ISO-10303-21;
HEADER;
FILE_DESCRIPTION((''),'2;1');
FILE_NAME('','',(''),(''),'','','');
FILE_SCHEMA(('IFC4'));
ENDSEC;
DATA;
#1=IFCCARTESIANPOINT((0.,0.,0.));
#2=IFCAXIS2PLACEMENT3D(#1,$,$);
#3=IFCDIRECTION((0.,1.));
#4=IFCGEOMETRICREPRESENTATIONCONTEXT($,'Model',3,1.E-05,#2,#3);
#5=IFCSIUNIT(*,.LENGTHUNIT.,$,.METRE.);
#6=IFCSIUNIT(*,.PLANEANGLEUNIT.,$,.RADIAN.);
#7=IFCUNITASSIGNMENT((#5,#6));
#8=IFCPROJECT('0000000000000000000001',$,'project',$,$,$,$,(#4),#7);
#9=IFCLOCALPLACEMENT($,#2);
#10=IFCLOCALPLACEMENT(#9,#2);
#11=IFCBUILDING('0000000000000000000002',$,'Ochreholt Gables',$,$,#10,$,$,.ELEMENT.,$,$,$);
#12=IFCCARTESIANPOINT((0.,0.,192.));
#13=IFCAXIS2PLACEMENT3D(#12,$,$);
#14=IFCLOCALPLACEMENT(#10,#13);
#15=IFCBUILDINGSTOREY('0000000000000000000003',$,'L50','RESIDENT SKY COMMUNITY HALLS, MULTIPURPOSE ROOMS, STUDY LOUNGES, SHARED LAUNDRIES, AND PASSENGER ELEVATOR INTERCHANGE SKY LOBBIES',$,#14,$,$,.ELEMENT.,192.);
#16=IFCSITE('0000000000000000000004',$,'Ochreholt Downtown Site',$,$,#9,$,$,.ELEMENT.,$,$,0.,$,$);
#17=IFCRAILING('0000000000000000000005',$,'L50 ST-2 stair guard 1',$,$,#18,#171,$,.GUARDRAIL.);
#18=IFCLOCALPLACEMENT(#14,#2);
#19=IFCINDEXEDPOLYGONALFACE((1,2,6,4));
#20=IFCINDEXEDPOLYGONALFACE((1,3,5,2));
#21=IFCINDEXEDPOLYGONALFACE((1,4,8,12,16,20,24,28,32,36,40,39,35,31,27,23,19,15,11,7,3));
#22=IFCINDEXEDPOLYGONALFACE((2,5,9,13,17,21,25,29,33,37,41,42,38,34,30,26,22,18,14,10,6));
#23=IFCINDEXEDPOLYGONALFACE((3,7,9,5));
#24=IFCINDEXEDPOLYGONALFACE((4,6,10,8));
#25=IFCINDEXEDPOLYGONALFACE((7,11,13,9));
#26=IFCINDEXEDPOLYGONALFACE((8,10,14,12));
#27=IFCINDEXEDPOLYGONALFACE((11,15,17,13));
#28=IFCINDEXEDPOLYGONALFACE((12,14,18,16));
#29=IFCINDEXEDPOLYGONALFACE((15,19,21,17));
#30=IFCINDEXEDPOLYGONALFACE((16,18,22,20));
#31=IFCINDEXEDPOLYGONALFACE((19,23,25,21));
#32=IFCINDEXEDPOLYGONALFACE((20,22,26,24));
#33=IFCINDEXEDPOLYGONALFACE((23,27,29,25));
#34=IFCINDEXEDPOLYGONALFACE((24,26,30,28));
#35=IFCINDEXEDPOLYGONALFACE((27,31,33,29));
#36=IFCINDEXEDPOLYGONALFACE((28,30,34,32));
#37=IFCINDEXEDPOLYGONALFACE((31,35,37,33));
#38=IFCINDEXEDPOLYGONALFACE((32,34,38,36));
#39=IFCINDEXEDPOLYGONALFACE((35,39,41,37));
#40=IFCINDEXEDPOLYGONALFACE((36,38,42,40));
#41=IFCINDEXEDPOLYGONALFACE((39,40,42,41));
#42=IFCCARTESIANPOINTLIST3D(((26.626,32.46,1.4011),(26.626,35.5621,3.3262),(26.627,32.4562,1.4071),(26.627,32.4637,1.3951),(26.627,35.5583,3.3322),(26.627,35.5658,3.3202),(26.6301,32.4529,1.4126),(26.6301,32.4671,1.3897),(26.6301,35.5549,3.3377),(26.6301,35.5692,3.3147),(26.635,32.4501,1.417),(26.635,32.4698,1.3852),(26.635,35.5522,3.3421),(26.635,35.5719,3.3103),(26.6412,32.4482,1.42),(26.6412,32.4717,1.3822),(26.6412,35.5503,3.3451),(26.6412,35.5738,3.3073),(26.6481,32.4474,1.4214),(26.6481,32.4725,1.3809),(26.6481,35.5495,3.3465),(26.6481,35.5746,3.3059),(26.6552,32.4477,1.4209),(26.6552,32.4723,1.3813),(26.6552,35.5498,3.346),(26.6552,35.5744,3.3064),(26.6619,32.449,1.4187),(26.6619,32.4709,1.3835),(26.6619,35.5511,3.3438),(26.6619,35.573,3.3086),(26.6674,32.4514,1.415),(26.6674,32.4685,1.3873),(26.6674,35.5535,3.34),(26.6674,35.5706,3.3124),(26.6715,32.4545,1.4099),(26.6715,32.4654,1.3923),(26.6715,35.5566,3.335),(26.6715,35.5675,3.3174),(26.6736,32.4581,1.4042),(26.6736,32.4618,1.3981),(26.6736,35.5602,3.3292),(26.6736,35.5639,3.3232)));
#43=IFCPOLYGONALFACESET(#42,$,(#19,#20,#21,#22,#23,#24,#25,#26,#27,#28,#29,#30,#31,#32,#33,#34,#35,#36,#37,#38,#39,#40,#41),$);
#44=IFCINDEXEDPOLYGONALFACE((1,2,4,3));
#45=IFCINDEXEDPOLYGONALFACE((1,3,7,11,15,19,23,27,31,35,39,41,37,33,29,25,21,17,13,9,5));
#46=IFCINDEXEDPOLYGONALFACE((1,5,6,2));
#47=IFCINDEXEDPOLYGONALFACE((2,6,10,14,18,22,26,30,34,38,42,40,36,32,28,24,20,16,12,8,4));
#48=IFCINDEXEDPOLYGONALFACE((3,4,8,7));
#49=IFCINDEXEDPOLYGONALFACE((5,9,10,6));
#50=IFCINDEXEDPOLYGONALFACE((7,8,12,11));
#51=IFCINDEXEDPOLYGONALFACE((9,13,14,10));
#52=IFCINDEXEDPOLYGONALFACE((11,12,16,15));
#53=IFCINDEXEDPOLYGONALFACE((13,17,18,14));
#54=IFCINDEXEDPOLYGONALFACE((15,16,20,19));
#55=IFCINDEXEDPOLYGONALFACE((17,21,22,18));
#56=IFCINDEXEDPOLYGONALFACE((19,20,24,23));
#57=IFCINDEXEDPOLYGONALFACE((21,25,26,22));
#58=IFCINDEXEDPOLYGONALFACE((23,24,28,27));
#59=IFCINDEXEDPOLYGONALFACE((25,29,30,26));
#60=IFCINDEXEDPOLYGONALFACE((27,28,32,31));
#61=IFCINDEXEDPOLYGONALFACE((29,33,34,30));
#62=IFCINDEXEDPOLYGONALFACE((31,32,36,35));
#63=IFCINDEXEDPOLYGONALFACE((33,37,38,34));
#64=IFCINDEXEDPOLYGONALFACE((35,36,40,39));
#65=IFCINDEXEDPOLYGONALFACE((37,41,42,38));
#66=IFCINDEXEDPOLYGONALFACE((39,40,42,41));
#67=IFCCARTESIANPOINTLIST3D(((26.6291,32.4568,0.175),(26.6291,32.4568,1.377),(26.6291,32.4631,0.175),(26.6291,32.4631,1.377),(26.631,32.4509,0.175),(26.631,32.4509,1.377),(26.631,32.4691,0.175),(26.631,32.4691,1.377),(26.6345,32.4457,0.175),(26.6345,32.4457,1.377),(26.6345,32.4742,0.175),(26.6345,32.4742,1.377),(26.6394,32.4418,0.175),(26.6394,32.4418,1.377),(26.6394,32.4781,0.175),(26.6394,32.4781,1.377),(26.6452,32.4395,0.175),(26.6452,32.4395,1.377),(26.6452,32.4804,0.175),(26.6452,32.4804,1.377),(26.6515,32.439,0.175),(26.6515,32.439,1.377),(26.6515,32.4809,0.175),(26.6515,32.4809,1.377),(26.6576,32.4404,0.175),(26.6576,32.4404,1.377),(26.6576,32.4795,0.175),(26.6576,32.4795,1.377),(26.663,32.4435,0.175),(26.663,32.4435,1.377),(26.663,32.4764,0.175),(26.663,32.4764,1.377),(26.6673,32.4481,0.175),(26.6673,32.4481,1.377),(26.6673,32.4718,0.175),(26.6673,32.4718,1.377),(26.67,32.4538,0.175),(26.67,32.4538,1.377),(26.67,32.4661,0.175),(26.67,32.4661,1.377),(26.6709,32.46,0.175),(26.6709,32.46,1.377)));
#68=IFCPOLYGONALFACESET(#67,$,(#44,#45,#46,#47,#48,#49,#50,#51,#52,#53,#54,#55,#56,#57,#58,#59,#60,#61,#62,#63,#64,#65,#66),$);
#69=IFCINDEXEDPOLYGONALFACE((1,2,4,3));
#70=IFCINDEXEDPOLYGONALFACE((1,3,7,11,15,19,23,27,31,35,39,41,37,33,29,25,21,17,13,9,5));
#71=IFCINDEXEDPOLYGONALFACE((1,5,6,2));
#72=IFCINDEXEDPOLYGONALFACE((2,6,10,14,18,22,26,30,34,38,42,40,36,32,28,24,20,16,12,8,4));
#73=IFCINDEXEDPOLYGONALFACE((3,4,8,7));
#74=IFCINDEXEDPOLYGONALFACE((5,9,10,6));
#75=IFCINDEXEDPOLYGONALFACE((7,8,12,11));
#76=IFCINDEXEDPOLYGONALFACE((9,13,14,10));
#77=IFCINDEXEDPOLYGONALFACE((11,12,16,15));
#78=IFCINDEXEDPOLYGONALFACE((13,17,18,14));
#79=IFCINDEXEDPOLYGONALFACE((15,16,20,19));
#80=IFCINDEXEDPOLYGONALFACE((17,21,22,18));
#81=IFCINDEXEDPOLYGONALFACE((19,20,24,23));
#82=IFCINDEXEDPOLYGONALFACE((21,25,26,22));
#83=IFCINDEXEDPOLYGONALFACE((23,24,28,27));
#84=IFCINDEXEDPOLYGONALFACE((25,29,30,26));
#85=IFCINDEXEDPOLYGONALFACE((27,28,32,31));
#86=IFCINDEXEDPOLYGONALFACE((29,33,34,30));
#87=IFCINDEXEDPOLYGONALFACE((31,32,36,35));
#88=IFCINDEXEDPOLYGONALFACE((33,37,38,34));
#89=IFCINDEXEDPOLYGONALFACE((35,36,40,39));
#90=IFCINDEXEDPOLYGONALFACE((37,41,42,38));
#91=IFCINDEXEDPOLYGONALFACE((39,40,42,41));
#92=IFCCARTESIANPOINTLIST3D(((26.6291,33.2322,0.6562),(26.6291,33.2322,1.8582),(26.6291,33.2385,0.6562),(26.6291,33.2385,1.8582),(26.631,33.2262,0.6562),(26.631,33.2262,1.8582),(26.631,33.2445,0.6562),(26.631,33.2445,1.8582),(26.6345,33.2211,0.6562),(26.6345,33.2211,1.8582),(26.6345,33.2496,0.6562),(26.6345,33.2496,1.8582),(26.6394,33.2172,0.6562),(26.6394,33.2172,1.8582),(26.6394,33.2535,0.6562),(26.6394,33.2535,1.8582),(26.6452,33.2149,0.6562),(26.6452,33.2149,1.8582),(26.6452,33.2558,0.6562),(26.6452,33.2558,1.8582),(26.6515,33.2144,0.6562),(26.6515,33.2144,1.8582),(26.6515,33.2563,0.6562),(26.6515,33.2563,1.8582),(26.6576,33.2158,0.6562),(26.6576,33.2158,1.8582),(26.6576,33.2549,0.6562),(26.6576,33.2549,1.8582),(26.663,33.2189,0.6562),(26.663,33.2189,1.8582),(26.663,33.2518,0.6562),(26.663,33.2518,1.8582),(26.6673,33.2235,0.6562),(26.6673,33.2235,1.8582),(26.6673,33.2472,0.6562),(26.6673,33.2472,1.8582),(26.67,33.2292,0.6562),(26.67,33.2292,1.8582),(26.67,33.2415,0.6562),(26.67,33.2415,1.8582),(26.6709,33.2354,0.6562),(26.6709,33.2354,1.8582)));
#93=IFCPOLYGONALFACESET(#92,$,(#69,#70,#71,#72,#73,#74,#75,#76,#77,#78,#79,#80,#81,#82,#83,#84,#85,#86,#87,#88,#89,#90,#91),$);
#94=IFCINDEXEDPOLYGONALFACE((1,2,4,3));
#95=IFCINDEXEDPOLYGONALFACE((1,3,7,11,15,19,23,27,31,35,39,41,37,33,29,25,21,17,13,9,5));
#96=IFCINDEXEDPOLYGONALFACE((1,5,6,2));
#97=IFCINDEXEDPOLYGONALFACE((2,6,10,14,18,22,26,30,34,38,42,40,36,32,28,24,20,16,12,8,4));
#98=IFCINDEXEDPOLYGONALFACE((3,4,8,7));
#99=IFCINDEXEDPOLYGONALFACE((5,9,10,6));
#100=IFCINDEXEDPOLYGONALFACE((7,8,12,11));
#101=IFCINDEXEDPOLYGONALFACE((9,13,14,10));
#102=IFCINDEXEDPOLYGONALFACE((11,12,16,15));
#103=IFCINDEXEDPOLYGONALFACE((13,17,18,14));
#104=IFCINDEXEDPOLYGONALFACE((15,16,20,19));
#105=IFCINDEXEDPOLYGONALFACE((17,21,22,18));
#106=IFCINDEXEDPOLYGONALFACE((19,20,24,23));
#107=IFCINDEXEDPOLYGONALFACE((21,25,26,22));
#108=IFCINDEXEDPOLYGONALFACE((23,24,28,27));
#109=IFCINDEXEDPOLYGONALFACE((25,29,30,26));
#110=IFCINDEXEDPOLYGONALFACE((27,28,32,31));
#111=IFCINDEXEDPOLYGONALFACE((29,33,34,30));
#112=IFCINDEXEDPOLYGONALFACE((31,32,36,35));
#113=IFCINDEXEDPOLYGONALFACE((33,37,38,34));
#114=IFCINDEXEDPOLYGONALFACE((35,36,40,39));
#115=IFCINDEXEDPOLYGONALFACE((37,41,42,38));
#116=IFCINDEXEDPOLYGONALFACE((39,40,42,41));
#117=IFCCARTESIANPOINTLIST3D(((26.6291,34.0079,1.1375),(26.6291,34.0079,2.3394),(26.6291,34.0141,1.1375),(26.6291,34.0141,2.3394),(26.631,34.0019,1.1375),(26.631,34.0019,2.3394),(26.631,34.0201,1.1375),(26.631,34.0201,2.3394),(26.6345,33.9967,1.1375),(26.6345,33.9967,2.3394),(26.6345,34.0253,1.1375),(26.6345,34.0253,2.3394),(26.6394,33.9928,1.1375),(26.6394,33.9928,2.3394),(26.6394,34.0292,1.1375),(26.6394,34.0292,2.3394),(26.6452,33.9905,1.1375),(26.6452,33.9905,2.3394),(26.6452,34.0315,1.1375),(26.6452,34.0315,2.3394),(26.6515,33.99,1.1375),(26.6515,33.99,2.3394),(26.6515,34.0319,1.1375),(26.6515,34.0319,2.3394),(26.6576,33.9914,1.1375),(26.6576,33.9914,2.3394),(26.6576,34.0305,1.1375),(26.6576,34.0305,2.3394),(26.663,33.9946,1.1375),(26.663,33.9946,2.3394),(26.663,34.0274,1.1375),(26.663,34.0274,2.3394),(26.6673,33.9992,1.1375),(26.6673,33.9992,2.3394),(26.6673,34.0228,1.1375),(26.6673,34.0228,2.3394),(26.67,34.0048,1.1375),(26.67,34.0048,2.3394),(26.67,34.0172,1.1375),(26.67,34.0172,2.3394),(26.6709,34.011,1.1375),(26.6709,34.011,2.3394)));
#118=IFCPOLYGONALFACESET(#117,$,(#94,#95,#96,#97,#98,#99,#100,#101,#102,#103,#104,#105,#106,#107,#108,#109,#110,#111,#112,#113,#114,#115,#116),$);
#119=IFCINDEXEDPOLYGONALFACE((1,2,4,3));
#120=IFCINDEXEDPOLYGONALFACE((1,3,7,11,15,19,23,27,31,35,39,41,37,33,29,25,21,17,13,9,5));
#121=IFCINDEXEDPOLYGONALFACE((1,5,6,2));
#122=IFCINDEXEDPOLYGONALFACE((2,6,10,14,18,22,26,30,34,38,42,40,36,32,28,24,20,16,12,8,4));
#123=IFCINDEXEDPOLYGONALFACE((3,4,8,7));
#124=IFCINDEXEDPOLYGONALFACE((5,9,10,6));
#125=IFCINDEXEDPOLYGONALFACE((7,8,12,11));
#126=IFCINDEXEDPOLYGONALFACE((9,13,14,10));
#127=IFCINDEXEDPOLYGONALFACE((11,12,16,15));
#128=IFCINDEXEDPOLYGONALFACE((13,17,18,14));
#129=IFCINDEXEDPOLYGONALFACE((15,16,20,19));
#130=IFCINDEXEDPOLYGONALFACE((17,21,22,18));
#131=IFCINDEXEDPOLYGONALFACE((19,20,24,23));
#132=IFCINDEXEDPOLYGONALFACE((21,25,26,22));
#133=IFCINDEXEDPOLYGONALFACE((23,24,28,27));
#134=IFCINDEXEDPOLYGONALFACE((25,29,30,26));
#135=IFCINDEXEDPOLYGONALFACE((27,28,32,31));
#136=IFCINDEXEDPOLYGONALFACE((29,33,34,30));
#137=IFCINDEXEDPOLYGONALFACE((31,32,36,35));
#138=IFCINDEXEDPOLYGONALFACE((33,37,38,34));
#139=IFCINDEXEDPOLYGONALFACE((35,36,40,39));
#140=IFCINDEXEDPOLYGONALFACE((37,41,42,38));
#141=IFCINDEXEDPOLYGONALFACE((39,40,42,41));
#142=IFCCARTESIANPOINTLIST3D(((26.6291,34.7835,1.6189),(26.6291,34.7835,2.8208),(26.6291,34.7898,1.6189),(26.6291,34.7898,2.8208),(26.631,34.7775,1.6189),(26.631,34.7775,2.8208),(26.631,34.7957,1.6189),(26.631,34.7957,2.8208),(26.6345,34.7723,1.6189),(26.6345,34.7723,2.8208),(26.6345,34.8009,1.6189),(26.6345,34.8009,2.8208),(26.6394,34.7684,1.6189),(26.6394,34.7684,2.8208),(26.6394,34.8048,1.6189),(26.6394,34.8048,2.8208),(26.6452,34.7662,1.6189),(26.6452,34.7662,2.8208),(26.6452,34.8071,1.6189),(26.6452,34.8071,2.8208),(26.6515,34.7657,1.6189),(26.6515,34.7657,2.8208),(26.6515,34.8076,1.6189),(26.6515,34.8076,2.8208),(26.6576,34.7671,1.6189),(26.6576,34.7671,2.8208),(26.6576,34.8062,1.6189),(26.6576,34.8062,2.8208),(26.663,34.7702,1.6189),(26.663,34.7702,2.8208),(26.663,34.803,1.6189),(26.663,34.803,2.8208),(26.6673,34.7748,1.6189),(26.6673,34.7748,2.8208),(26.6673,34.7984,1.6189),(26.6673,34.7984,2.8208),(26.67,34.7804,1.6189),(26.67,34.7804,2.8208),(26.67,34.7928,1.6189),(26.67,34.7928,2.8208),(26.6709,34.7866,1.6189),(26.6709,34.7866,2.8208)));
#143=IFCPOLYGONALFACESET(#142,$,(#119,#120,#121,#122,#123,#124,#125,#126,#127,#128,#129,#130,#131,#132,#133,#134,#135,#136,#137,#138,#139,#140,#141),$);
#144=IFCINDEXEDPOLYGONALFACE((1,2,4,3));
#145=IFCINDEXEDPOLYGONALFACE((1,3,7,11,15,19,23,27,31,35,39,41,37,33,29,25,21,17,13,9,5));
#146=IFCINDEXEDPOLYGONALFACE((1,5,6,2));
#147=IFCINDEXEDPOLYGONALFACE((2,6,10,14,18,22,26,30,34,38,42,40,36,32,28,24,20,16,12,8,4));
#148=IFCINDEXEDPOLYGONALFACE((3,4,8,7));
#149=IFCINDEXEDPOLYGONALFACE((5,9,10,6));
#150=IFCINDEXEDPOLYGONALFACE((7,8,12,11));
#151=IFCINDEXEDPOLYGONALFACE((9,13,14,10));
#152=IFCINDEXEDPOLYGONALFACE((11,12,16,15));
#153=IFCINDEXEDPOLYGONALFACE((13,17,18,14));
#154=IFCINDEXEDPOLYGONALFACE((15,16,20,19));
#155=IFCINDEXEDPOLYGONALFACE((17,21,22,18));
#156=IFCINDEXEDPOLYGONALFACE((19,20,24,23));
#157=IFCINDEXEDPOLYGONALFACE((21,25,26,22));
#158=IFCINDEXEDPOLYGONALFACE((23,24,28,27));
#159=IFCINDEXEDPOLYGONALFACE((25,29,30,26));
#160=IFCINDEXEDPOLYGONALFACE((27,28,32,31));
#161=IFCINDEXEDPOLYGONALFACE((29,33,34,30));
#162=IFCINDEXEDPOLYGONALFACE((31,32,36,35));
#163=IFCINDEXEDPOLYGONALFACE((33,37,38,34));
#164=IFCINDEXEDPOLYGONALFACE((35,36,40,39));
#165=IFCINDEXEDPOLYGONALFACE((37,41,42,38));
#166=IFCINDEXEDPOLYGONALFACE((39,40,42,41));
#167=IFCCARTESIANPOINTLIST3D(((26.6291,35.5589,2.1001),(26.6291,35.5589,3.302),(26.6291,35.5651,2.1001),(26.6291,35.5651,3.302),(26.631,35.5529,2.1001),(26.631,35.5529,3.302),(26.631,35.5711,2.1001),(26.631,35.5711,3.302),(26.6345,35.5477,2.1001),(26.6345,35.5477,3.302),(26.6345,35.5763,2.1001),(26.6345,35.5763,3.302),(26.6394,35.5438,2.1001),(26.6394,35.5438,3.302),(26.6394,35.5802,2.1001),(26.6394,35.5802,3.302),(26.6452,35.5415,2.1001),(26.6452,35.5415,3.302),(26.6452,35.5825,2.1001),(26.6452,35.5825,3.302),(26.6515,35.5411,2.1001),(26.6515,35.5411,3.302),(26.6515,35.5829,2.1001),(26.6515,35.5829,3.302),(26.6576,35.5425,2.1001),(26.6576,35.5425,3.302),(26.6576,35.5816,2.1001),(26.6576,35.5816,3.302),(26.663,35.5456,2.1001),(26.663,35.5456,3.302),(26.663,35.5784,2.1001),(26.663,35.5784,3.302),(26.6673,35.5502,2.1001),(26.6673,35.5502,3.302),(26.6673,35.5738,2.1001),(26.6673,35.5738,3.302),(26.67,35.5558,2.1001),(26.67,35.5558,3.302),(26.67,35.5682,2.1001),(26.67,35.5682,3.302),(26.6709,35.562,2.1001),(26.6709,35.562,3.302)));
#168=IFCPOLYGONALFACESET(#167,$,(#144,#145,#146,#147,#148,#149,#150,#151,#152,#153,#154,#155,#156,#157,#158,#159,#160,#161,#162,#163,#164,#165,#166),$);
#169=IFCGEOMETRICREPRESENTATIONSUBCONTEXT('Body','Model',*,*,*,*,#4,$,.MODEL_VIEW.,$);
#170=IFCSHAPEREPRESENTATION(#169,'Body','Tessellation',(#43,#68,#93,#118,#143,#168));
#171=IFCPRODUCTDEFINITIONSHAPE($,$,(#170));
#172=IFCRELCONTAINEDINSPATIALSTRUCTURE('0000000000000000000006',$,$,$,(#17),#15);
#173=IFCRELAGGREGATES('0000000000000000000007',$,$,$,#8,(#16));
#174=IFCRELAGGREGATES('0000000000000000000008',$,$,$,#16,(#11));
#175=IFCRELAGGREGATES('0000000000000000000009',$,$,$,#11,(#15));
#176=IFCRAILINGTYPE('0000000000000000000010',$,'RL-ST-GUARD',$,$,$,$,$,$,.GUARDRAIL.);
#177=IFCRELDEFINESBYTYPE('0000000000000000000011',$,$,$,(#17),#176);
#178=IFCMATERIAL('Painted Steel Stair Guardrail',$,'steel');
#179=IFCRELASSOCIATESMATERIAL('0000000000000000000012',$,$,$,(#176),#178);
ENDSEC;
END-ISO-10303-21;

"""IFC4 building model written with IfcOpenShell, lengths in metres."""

from ifc_helpers import new_model, si_unit, direction, frame, origin, origin_2d, place, context, subcontext, project, spatial, circle, extrude, material, type_object, element, save


model = new_model("IFC4")

# Units and contexts
model_context = context("Model", 3, precision=1e-05, world=origin(), true_north=direction((0.0, 1.0)))
body_context = subcontext(model_context, "Body", "Model", "MODEL_VIEW")
ifc_project = project(units=[si_unit("LENGTHUNIT", "METRE"), si_unit("PLANEANGLEUNIT", "RADIAN")], contexts=[model_context])

# Site, building, storey
site_placement = place(None, origin())
site = spatial("IfcSite", under=ifc_project, at=site_placement, Name="Ochreholt Downtown Site", CompositionType="ELEMENT", RefElevation=0.0)
building_placement = place(site_placement, origin())
building = spatial("IfcBuilding", under=site, at=building_placement, Name="Ochreholt Gables", CompositionType="ELEMENT")
storey_placement = place(building_placement, frame((0.0, 0.0, 192.0)))
storey = spatial("IfcBuildingStorey", under=building, at=storey_placement, Name="L50", Description="RESIDENT SKY COMMUNITY HALLS, MULTIPURPOSE ROOMS, STUDY LOUNGES, SHARED LAUNDRIES, AND PASSENGER ELEVATOR INTERCHANGE SKY LOBBIES", CompositionType="ELEMENT", Elevation=192.0)

# Railing
ifc_material_1 = material(Name="Painted Steel Stair Guardrail", Category="steel")
railing_type_1 = type_object("IfcRailingType", Name="RL-ST-GUARD", PredefinedType="GUARDRAIL", material=ifc_material_1)
railing_1_placement = place(storey_placement, frame((26.6499, 32.46, 0.175)))
element("IfcRailing", 1, at=railing_1_placement, inside=storey, type_object=railing_type_1, Name="L50 ST-2 stair guard 1", PredefinedType="GUARDRAIL", context=body_context, shape_type="SweptSolid", body=[
    extrude(circle(Radius=0.0239, at=origin_2d()), frame((0.0, 0.0, 1.2261), z_axis=(0.0, 0.849685, 0.527291), x_axis=(-1.0, 0.0, 0.0)), (0.0, 0.0, 1.0), 3.6509),
    extrude(circle(Radius=0.021, at=origin_2d()), origin(), (0.0, 0.0, 1.0), 1.2019),
    extrude(circle(Radius=0.021, at=origin_2d()), frame((0.0, 0.7754, 0.4812)), (0.0, 0.0, 1.0), 1.2019),
    extrude(circle(Radius=0.021, at=origin_2d()), frame((0.0, 1.551, 0.9624)), (0.0, 0.0, 1.0), 1.2019),
    extrude(circle(Radius=0.021, at=origin_2d()), frame((0.0, 2.3267, 1.4438)), (0.0, 0.0, 1.0), 1.2019),
    extrude(circle(Radius=0.021, at=origin_2d()), frame((0.0, 3.1021, 1.925)), (0.0, 0.0, 1.0), 1.2019),
])

save(model, "model.ifc")
